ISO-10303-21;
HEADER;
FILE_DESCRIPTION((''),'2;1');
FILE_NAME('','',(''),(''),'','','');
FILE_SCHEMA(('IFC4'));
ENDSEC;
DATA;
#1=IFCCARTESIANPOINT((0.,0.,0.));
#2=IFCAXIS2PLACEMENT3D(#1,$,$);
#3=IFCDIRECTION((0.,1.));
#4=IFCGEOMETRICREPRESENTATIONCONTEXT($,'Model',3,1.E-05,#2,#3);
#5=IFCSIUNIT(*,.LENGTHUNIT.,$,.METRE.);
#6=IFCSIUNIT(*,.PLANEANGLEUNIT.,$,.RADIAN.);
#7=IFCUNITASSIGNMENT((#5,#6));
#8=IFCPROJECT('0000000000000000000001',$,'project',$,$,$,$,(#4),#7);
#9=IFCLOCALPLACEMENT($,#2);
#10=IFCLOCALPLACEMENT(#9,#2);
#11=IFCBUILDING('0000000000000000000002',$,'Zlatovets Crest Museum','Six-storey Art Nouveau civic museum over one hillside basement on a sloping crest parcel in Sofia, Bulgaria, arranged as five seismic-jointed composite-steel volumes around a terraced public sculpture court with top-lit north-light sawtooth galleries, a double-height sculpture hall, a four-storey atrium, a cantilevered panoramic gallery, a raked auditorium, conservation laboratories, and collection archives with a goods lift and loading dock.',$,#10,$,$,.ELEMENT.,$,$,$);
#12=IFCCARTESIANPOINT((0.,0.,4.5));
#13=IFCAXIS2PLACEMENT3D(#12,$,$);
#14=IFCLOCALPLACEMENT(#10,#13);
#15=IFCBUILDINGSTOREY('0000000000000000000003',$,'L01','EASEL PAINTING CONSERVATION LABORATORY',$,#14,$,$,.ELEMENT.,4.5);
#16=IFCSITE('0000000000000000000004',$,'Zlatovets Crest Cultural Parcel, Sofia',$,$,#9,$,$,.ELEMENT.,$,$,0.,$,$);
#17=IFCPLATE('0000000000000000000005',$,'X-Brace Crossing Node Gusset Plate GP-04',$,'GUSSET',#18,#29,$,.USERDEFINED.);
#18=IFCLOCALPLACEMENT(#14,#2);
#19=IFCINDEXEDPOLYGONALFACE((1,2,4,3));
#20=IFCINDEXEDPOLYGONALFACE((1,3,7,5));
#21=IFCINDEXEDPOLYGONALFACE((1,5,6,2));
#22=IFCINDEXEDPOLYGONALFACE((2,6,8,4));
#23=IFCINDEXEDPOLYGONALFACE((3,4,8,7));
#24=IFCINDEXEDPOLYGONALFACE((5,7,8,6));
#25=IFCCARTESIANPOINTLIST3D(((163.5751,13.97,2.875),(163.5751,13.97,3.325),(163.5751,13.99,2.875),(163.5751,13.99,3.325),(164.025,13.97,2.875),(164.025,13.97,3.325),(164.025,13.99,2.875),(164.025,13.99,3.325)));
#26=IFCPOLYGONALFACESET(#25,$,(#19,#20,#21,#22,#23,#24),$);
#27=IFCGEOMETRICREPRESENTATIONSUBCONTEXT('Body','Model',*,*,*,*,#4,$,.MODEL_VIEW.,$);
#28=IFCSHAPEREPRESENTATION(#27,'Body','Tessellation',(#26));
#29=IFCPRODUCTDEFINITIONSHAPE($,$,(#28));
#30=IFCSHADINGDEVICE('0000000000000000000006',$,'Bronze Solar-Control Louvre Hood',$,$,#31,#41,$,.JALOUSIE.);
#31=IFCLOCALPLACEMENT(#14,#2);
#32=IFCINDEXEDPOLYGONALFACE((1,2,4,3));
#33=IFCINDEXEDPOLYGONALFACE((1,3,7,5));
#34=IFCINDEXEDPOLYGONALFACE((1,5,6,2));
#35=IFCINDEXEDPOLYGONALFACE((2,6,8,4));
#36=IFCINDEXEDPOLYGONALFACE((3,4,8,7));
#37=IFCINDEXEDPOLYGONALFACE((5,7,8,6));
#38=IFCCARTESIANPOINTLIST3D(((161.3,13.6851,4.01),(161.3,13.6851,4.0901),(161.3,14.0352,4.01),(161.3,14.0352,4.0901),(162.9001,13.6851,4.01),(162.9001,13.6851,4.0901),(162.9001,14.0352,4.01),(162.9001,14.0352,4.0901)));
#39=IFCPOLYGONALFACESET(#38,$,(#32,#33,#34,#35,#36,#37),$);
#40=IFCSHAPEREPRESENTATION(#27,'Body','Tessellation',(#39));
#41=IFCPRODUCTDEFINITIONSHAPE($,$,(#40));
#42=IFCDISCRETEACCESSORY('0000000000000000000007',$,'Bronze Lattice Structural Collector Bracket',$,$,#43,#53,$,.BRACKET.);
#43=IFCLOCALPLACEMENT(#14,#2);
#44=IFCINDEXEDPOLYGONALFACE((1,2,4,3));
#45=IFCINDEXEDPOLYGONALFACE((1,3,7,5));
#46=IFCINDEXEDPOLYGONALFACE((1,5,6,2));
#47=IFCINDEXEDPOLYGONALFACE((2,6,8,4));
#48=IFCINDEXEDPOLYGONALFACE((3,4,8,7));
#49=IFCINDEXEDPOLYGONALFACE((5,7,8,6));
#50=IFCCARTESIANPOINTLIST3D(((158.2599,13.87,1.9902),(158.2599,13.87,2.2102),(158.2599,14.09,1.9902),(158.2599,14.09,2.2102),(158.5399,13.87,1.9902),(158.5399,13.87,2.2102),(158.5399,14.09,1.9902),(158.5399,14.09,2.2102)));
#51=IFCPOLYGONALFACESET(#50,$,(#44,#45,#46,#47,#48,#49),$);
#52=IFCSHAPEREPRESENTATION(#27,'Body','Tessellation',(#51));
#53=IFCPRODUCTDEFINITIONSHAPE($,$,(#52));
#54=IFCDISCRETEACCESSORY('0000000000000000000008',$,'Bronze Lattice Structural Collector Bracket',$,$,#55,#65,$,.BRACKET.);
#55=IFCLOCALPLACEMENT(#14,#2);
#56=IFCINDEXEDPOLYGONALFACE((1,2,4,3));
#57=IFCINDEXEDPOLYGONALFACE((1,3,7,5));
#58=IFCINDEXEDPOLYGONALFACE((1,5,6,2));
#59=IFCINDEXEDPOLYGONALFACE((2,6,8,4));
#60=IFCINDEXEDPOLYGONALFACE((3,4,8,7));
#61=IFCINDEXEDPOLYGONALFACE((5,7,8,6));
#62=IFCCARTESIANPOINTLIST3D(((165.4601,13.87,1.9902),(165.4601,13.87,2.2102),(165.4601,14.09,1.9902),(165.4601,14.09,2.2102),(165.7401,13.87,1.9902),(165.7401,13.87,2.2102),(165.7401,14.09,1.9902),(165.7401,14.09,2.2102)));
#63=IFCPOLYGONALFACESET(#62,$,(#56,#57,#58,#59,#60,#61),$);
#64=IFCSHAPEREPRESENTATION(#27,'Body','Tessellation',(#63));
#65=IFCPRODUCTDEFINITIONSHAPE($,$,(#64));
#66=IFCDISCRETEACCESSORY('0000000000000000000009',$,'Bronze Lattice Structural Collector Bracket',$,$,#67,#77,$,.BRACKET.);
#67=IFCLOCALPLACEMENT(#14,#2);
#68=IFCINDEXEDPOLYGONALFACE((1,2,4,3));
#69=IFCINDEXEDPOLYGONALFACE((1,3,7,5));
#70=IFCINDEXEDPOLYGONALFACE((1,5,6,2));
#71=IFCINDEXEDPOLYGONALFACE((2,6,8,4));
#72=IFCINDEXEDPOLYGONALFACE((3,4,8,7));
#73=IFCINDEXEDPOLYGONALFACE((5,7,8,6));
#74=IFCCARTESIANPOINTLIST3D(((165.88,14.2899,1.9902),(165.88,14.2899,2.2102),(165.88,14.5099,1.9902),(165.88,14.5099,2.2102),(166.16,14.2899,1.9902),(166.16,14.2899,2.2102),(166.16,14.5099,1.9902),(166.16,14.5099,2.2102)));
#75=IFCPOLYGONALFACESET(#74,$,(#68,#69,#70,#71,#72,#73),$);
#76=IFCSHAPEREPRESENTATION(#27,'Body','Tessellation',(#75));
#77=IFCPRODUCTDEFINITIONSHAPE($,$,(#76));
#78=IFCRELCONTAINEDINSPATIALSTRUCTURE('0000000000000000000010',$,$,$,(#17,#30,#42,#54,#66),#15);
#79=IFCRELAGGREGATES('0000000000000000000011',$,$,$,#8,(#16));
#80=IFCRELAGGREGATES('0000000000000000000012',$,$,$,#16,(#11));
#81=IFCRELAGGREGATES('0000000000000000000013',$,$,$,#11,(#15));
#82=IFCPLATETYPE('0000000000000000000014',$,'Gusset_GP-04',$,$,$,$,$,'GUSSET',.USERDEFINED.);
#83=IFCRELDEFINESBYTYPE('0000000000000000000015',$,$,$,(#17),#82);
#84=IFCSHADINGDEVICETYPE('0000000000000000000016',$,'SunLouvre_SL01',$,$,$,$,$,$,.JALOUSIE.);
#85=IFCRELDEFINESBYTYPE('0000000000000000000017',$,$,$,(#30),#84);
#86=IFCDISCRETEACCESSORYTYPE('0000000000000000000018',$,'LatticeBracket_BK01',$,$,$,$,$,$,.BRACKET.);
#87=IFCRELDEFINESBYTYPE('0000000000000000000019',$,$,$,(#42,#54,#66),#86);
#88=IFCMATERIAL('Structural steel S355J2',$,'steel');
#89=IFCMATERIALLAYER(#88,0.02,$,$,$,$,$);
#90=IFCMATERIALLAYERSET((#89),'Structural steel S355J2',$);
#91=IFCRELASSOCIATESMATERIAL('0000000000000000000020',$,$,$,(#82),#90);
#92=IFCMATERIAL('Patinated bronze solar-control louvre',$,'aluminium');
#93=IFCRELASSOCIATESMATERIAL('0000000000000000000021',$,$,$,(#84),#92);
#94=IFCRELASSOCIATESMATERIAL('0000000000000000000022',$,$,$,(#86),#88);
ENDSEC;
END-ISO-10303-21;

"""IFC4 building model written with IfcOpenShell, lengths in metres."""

from ifc_helpers import new_model, si_unit, direction, frame, origin, origin_2d, place, context, subcontext, project, spatial, rectangle, extrude, material, layer, layer_set, type_object, element, save


model = new_model("IFC4")

# Units and contexts
model_context = context("Model", 3, precision=1e-05, world=origin(), true_north=direction((0.0, 1.0)))
body_context = subcontext(model_context, "Body", "Model", "MODEL_VIEW")
ifc_project = project(units=[si_unit("LENGTHUNIT", "METRE"), si_unit("PLANEANGLEUNIT", "RADIAN")], contexts=[model_context])

# Site, building, storey
site_placement = place(None, origin())
site = spatial("IfcSite", under=ifc_project, at=site_placement, Name="Zlatovets Crest Cultural Parcel, Sofia", CompositionType="ELEMENT", RefElevation=0.0)
building_placement = place(site_placement, origin())
building = spatial("IfcBuilding", under=site, at=building_placement, Name="Zlatovets Crest Museum", Description="Six-storey Art Nouveau civic museum over one hillside basement on a sloping crest parcel in Sofia, Bulgaria, arranged as five seismic-jointed composite-steel volumes around a terraced public sculpture court with top-lit north-light sawtooth galleries, a double-height sculpture hall, a four-storey atrium, a cantilevered panoramic gallery, a raked auditorium, conservation laboratories, and collection archives with a goods lift and loading dock.", CompositionType="ELEMENT")
storey_placement = place(building_placement, frame((0.0, 0.0, 4.5)))
storey = spatial("IfcBuildingStorey", under=building, at=storey_placement, Name="L01", Description="EASEL PAINTING CONSERVATION LABORATORY", CompositionType="ELEMENT", Elevation=4.5)

# Shared definitions
ifc_material_1 = material(Name="Structural steel S355J2", Category="steel")

# Plate
ifc_layer_1 = layer(ifc_material_1, 0.02)
ifc_layer_set_1 = layer_set([ifc_layer_1], Name="Structural steel S355J2")
plate_type_1 = type_object("IfcPlateType", Name="Gusset_GP-04", ElementType="GUSSET", PredefinedType="USERDEFINED", material=ifc_layer_set_1)
for number, where, z_axis, x_axis, name in (
    (1, (163.8, 13.98, 2.875), (0.0, 0.0, 1.0), (1.0, 0.0, 0.0), "X-Brace Crossing Node Gusset Plate GP-04"),
):
    element("IfcPlate", number, at=place(storey_placement, frame(where, z_axis=z_axis, x_axis=x_axis)), inside=storey, type_object=plate_type_1, Name=name, ObjectType="GUSSET", PredefinedType="USERDEFINED", context=body_context, shape_type="SweptSolid", body=[
        extrude(rectangle(XDim=0.45, YDim=0.02, at=origin_2d()), origin(), (0.0, 0.0, 1.0), 0.45),
    ])

# Shading device
ifc_material_2 = material(Name="Patinated bronze solar-control louvre", Category="aluminium")
shading_device_type = type_object("IfcShadingDeviceType", Name="SunLouvre_SL01", PredefinedType="JALOUSIE", material=ifc_material_2)
shading_device_placement = place(storey_placement, frame((162.1001, 13.8601, 4.01), z_axis=(0.0, 0.0, 1.0), x_axis=(1.0, 0.0, 0.0)))
element("IfcShadingDevice", 2, at=shading_device_placement, inside=storey, type_object=shading_device_type, Name="Bronze Solar-Control Louvre Hood", PredefinedType="JALOUSIE", context=body_context, shape_type="SweptSolid", body=[
    extrude(rectangle(XDim=1.6001, YDim=0.3501, at=origin_2d()), origin(), (0.0, 0.0, 1.0), 0.0801),
])

# Discrete accessories
discrete_accessory_type = type_object("IfcDiscreteAccessoryType", Name="LatticeBracket_BK01", PredefinedType="BRACKET", material=ifc_material_1)
for number, where, z_axis, x_axis, name in (
    (3, (158.3999, 13.98, 1.9902), (0.0, 0.0, 1.0), (1.0, 0.0, 0.0), "Bronze Lattice Structural Collector Bracket"),
    (4, (165.6001, 13.98, 1.9902), (0.0, 0.0, 1.0), (1.0, 0.0, 0.0), "Bronze Lattice Structural Collector Bracket"),
    (5, (166.02, 14.3999, 1.9902), (0.0, 0.0, 1.0), (1.0, 0.0, 0.0), "Bronze Lattice Structural Collector Bracket"),
):
    element("IfcDiscreteAccessory", number, at=place(storey_placement, frame(where, z_axis=z_axis, x_axis=x_axis)), inside=storey, type_object=discrete_accessory_type, Name=name, PredefinedType="BRACKET", context=body_context, shape_type="SweptSolid", body=[
        extrude(rectangle(XDim=0.28, YDim=0.22, at=origin_2d()), origin(), (0.0, 0.0, 1.0), 0.22),
    ])

save(model, "model.ifc")
